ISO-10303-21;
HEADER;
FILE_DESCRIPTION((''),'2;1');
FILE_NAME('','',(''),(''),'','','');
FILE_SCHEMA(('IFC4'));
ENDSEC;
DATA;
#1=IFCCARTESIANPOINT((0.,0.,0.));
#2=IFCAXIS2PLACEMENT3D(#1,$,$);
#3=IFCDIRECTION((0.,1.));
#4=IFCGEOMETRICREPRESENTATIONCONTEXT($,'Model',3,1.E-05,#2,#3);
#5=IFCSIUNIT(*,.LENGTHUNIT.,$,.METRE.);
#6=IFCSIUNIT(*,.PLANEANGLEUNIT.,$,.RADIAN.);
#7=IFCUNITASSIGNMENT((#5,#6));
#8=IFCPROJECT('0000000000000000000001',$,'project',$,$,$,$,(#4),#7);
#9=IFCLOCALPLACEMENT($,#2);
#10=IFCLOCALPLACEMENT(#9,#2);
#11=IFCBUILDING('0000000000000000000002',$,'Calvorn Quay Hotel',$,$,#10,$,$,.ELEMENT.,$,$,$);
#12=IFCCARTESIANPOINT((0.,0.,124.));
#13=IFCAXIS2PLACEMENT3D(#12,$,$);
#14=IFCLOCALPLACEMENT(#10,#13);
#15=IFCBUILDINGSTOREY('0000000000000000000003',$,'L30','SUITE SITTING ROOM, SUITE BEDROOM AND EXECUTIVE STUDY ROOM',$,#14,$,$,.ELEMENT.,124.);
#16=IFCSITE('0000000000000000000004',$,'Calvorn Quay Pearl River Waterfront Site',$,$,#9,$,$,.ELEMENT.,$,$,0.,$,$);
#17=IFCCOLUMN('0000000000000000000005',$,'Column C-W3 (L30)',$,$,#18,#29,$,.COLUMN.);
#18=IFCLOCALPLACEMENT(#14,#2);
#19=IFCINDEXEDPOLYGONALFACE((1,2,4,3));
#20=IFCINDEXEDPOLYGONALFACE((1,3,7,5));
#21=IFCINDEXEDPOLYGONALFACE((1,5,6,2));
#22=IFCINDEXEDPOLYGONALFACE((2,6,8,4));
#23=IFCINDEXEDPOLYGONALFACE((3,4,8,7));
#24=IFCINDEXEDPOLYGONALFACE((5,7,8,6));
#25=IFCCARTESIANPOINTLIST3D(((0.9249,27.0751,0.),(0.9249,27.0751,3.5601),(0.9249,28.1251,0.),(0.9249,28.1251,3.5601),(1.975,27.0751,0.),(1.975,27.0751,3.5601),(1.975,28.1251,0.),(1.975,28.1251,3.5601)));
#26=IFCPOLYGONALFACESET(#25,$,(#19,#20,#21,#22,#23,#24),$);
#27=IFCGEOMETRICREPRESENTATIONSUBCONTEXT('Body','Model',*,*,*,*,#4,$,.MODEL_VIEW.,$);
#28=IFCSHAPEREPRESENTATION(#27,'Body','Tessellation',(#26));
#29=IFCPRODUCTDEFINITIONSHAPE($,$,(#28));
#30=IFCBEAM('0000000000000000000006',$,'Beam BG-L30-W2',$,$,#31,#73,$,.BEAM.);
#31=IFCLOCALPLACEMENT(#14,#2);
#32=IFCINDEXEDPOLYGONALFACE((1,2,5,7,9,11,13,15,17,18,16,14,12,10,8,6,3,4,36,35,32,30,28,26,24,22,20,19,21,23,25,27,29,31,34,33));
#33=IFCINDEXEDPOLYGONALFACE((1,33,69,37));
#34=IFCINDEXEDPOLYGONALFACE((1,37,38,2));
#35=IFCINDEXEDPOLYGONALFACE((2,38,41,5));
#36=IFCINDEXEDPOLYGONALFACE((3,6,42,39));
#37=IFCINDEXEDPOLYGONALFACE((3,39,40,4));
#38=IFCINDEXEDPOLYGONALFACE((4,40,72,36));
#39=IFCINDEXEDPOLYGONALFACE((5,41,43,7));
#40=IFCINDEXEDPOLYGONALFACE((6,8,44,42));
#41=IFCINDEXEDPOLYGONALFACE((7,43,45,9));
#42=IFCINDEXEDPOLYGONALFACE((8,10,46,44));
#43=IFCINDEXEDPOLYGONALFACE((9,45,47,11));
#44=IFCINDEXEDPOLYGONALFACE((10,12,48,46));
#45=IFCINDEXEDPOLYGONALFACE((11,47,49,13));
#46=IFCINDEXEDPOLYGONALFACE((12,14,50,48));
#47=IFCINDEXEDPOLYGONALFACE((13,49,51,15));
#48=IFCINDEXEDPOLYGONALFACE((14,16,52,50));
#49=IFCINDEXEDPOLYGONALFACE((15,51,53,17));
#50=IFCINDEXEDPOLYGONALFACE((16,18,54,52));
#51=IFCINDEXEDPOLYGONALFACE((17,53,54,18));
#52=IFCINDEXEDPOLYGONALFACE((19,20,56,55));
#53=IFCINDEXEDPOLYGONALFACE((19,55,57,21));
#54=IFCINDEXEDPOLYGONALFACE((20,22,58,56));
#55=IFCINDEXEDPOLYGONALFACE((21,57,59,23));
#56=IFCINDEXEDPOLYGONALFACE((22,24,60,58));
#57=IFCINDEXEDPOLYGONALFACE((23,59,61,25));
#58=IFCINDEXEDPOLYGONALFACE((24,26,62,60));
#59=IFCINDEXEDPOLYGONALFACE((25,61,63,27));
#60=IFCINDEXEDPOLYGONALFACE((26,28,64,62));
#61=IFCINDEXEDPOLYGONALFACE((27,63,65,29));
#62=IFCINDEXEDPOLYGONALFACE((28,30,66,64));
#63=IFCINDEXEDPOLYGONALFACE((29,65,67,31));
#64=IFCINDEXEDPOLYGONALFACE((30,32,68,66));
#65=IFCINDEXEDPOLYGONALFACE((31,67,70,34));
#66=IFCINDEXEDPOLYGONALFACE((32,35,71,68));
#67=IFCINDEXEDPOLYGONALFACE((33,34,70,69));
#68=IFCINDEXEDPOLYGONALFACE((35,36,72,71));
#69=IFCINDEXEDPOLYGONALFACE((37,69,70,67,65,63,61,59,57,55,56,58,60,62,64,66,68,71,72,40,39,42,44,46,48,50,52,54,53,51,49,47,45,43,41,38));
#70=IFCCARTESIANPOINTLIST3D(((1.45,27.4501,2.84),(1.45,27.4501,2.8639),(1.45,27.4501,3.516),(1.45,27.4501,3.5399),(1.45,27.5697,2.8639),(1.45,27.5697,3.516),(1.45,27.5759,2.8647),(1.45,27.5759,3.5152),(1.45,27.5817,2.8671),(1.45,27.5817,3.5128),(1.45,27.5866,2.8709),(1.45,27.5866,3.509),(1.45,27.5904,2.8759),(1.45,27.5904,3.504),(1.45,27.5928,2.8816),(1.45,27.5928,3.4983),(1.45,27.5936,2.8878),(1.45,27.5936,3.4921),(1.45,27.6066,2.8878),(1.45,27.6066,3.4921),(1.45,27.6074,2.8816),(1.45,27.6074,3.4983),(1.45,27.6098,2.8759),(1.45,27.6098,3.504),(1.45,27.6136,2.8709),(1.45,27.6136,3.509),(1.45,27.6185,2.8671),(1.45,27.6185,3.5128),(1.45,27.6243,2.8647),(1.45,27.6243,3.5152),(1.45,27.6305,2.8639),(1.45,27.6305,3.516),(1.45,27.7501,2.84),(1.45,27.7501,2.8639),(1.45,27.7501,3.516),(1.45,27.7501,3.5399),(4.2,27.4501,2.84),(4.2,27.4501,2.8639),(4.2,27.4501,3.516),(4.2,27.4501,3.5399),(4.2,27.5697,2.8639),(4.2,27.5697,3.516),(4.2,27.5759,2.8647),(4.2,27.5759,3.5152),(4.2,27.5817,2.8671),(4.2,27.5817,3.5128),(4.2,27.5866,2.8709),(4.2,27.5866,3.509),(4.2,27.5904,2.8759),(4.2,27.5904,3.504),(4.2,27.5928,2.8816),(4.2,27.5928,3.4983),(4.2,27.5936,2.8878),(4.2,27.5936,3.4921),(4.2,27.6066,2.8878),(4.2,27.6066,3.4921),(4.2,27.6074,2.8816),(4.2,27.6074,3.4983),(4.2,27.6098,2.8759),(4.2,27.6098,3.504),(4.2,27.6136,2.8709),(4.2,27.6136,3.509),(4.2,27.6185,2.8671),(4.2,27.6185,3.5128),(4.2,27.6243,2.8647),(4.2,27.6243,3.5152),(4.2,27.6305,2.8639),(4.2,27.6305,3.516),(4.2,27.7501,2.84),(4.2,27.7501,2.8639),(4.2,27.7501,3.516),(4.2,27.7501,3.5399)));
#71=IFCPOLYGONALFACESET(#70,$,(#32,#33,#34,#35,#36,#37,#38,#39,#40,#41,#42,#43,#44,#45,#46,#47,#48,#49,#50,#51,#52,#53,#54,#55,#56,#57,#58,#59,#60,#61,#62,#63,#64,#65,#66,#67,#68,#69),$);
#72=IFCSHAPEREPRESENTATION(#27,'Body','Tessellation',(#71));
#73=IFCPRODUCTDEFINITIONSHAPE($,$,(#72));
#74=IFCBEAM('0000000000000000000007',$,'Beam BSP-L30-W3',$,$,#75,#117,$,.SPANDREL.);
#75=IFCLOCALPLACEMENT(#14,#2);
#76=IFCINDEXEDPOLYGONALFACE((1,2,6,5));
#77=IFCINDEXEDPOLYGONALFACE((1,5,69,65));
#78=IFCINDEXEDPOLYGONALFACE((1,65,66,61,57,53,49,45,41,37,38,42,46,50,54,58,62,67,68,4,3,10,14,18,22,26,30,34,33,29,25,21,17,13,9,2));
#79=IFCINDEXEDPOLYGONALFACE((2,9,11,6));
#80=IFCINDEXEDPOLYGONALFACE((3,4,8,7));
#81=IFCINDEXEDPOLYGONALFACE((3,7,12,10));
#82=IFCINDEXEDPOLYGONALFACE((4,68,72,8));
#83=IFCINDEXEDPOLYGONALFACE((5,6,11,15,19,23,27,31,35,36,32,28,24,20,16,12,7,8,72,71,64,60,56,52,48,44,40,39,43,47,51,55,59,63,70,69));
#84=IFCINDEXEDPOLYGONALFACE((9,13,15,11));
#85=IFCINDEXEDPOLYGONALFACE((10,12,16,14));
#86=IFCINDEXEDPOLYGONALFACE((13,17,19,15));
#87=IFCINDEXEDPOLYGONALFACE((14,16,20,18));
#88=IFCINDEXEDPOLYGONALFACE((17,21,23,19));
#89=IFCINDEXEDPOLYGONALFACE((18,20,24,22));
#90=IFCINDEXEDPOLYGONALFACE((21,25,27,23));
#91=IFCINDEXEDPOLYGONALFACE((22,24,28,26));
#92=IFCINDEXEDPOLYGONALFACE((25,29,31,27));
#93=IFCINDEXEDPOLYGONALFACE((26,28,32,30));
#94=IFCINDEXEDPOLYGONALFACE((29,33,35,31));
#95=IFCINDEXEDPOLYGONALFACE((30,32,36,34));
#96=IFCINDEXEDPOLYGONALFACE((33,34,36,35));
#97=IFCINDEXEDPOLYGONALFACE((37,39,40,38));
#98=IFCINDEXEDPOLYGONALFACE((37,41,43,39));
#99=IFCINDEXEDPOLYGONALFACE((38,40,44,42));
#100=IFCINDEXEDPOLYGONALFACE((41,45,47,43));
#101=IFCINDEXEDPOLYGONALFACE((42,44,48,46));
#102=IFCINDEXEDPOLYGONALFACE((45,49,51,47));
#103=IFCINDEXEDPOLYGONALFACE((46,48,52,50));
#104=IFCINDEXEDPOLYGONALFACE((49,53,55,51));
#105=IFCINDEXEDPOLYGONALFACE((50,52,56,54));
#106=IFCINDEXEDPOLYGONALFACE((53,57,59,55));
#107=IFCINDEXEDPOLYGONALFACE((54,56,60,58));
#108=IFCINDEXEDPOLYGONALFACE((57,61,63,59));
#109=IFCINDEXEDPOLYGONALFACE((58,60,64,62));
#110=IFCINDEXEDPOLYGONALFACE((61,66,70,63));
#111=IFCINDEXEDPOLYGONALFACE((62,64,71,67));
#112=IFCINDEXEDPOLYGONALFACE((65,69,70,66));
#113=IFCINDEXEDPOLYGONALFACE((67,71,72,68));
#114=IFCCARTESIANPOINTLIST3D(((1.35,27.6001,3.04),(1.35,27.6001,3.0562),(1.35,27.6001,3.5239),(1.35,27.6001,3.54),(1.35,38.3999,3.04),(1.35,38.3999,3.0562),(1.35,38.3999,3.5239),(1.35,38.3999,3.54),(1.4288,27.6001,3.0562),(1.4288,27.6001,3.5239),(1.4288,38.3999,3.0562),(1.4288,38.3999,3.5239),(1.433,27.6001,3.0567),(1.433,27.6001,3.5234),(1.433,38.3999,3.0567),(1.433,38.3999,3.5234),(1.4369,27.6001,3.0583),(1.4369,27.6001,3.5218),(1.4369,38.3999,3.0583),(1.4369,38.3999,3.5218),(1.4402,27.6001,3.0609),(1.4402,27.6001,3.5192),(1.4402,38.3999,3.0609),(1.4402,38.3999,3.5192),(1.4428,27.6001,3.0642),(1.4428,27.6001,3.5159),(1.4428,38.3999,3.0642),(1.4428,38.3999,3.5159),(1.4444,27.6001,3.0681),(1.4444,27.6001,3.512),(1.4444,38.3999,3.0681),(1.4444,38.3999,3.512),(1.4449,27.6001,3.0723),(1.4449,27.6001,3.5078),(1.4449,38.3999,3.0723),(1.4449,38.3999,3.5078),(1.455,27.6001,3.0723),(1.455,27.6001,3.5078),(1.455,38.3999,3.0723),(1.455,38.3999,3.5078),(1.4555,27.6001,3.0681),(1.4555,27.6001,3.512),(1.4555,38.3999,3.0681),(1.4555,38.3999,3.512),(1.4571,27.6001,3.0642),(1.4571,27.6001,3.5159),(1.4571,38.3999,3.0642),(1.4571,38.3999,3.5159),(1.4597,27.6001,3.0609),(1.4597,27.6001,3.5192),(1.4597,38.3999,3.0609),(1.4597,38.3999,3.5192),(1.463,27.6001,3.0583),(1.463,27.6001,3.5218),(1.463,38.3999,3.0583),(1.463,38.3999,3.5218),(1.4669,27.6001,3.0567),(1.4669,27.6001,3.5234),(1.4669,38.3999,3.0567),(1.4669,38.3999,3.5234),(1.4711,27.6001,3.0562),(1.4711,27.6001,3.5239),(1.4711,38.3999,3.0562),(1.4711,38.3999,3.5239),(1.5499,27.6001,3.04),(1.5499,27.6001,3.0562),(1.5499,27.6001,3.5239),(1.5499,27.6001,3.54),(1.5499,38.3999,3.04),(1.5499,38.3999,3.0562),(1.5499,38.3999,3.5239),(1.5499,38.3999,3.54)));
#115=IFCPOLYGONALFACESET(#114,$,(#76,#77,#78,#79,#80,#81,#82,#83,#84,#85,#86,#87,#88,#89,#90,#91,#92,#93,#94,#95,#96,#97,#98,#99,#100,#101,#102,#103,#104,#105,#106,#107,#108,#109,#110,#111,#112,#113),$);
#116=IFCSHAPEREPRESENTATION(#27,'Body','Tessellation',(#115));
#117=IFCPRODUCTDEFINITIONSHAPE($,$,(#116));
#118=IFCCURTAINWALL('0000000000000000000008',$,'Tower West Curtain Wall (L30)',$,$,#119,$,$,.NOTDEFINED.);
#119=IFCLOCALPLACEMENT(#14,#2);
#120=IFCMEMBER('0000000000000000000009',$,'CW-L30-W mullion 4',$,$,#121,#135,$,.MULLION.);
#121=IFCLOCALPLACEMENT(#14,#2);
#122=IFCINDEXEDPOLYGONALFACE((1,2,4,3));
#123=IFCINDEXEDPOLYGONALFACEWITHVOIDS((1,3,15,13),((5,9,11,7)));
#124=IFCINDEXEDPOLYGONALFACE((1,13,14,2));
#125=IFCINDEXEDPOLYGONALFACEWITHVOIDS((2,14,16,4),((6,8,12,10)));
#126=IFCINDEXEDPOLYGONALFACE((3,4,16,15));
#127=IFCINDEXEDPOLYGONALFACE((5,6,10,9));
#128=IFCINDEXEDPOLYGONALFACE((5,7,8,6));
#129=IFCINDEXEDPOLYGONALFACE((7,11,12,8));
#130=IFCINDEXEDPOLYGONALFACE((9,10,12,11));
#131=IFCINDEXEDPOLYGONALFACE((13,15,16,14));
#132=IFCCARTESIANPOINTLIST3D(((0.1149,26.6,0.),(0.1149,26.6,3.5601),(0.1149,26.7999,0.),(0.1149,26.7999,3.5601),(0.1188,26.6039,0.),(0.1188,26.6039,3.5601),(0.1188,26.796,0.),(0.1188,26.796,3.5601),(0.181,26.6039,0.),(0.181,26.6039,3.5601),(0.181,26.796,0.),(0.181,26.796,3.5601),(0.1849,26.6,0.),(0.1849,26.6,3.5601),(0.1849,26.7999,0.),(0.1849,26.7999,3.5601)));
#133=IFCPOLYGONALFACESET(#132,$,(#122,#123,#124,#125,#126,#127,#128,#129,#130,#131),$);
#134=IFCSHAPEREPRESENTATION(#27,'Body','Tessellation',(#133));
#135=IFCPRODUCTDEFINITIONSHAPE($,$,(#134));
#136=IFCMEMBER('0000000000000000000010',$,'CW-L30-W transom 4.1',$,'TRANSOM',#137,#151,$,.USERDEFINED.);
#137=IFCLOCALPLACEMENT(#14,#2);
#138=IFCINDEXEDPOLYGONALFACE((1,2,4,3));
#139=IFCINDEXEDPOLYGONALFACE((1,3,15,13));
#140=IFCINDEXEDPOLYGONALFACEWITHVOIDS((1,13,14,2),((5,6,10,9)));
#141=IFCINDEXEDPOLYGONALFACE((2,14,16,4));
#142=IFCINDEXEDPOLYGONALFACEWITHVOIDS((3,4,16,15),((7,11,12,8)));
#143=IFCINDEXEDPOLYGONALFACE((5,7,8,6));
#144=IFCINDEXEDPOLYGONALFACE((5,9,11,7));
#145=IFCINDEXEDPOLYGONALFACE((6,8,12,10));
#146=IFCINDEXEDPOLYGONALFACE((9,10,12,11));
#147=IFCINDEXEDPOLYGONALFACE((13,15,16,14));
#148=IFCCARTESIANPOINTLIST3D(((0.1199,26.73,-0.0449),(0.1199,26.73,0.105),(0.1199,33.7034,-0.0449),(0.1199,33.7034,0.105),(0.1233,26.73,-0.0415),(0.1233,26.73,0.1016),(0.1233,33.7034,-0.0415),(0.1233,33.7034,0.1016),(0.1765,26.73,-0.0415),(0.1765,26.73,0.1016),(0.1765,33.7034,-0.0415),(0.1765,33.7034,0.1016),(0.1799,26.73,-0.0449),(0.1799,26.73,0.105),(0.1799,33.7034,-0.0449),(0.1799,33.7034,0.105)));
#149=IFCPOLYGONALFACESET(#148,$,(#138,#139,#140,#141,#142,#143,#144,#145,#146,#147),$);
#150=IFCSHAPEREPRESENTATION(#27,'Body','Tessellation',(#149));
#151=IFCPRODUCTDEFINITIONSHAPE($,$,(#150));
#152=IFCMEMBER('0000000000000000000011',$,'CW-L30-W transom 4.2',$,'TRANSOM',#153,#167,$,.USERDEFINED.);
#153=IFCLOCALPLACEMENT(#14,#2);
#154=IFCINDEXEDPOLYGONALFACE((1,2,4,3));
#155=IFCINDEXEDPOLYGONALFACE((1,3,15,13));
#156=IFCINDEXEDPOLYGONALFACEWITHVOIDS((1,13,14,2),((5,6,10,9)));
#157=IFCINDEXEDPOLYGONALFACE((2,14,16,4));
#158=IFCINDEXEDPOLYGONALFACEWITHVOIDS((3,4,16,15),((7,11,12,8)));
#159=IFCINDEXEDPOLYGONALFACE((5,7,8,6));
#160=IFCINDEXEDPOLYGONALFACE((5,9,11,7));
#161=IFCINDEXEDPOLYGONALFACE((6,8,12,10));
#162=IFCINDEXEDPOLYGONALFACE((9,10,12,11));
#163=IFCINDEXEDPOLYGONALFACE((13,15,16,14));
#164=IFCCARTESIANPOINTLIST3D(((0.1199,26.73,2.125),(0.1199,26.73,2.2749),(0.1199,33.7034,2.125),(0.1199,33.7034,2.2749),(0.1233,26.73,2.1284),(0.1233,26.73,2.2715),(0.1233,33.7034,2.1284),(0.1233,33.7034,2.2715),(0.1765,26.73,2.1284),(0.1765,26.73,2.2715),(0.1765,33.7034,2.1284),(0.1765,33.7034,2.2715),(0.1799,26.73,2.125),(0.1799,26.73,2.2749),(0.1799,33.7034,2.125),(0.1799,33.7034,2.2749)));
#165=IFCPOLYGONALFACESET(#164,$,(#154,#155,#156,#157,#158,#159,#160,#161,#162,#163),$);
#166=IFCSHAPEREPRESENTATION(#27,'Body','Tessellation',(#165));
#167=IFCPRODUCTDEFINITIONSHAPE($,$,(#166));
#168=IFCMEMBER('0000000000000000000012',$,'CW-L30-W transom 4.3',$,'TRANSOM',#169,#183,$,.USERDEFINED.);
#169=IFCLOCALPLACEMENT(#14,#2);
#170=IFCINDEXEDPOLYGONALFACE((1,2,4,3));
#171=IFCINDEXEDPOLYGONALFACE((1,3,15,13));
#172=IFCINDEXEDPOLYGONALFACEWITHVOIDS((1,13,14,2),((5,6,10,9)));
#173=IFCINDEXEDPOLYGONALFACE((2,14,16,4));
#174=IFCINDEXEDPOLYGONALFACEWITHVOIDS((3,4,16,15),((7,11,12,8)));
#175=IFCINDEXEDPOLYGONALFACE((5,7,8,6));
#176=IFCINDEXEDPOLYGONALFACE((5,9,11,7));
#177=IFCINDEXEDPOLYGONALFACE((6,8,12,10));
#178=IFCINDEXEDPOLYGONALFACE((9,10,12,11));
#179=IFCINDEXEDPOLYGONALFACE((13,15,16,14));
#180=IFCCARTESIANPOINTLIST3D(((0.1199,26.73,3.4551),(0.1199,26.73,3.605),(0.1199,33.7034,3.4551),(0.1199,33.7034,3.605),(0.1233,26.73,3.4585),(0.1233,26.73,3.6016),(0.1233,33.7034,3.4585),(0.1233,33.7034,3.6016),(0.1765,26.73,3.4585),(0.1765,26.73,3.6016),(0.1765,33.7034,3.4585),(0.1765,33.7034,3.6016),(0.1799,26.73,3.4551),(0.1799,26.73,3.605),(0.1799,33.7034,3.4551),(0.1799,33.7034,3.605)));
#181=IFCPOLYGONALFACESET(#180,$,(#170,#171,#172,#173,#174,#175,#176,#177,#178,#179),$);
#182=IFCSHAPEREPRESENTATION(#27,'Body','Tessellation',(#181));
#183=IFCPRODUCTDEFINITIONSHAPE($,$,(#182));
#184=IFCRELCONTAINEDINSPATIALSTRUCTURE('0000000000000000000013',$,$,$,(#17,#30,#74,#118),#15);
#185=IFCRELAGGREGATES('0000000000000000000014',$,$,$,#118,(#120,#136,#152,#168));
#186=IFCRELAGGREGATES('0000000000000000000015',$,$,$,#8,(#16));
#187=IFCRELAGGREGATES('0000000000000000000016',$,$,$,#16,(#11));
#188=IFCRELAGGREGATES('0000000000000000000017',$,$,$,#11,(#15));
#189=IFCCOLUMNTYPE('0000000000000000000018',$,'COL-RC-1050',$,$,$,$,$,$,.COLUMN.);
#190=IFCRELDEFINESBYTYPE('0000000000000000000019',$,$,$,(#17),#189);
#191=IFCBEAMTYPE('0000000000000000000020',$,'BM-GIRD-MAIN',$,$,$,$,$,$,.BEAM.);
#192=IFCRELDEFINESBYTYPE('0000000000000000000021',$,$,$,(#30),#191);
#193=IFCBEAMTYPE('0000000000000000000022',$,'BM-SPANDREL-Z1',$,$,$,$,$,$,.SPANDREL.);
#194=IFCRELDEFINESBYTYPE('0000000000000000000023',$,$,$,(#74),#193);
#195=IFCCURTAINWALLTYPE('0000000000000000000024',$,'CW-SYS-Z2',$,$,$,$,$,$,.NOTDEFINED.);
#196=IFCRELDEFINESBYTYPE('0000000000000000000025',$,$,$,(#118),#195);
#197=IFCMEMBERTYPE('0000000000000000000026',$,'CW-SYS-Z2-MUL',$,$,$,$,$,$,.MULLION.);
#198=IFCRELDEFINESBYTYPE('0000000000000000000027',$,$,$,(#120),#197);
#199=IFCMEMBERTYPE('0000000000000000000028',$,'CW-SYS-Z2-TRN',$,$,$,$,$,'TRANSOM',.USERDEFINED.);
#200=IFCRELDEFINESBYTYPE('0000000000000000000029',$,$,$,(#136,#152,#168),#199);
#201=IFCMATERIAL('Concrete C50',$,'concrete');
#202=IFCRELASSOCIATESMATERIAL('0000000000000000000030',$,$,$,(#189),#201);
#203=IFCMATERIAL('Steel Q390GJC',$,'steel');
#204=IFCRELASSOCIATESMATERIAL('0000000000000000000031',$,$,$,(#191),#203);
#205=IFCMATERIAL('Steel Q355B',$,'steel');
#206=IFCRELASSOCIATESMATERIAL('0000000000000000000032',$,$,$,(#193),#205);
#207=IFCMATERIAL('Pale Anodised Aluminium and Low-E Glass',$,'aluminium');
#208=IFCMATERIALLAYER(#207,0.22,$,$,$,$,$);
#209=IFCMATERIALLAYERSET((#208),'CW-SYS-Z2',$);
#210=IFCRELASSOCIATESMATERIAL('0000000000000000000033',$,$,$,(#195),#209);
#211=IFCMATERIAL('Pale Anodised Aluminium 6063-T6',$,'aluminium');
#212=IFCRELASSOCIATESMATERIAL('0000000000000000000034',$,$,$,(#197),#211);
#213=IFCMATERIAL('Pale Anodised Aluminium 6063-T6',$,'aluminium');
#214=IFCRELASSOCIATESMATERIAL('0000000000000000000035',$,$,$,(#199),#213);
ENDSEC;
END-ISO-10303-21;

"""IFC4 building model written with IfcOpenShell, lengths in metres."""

from ifc_helpers import new_model, si_unit, direction, frame, origin, origin_2d, place, context, subcontext, project, spatial, rectangle, hollow_rectangle, i_section, extrude, material, layer, layer_set, material_profile, profile_set, type_object, element, aggregate, save


model = new_model("IFC4")

# Units and contexts
model_context = context("Model", 3, precision=1e-05, world=origin(), true_north=direction((0.0, 1.0)))
body_context = subcontext(model_context, "Body", "Model", "MODEL_VIEW")
ifc_project = project(units=[si_unit("LENGTHUNIT", "METRE"), si_unit("PLANEANGLEUNIT", "RADIAN")], contexts=[model_context])

# Site, building, storey
site_placement = place(None, origin())
site = spatial("IfcSite", under=ifc_project, at=site_placement, Name="Calvorn Quay Pearl River Waterfront Site", CompositionType="ELEMENT", RefElevation=0.0)
building_placement = place(site_placement, origin())
building = spatial("IfcBuilding", under=site, at=building_placement, Name="Calvorn Quay Hotel", CompositionType="ELEMENT")
storey_placement = place(building_placement, frame((0.0, 0.0, 124.0)))
storey = spatial("IfcBuildingStorey", under=building, at=storey_placement, Name="L30", Description="SUITE SITTING ROOM, SUITE BEDROOM AND EXECUTIVE STUDY ROOM", CompositionType="ELEMENT", Elevation=124.0)

# Column
ifc_material_1 = material(Name="Concrete C50", Category="concrete")
ifc_material_profile_1 = material_profile(ifc_material_1, rectangle(XDim=1.05, YDim=1.05, at=origin_2d()), Name="RC1050x1050")
ifc_profile_set_1 = profile_set([ifc_material_profile_1], Name="Concrete C50")
column_type = type_object("IfcColumnType", Name="COL-RC-1050", PredefinedType="COLUMN", material=ifc_profile_set_1)
column_placement = place(storey_placement, frame((1.45, 27.6001, 0.0), z_axis=(0.0, 0.0, 1.0), x_axis=(1.0, 0.0, 0.0)))
element("IfcColumn", 1, at=column_placement, inside=storey, type_object=column_type, Name="Column C-W3 (L30)", PredefinedType="COLUMN", context=body_context, shape_type="SweptSolid", body=[
    extrude(rectangle(XDim=1.05, YDim=1.05, at=origin_2d()), origin(), (0.0, 0.0, 1.0), 3.5601),
])

# Beams
ifc_material_2 = material(Name="Steel Q390GJC", Category="steel")
ifc_material_profile_2 = material_profile(ifc_material_2, i_section(OverallWidth=0.3, OverallDepth=0.7, WebThickness=0.0129, FlangeThickness=0.0239, FilletRadius=0.0239, at=origin_2d()), Name="HN700x300x13x24")
ifc_profile_set_2 = profile_set([ifc_material_profile_2], Name="Steel Q390GJC")
beam_type_1 = type_object("IfcBeamType", Name="BM-GIRD-MAIN", PredefinedType="BEAM", material=ifc_profile_set_2)
beam_1_placement = place(storey_placement, frame((1.45, 27.6001, 3.1899), z_axis=(1.0, 0.0, 0.0), x_axis=(0.0, 1.0, 0.0)))
element("IfcBeam", 2, at=beam_1_placement, inside=storey, type_object=beam_type_1, Name="Beam BG-L30-W2", PredefinedType="BEAM", context=body_context, shape_type="SweptSolid", body=[
    extrude(i_section(OverallWidth=0.3, OverallDepth=0.7, WebThickness=0.0129, FlangeThickness=0.0239, FilletRadius=0.0239, at=origin_2d()), origin(), (0.0, 0.0, 1.0), 2.75),
])
ifc_material_3 = material(Name="Steel Q355B", Category="steel")
ifc_material_profile_3 = material_profile(ifc_material_3, i_section(OverallWidth=0.2, OverallDepth=0.5, WebThickness=0.01, FlangeThickness=0.0161, FilletRadius=0.0161, at=origin_2d()), Name="HN500x200x10x16")
ifc_profile_set_3 = profile_set([ifc_material_profile_3], Name="Steel Q355B")
beam_type_2 = type_object("IfcBeamType", Name="BM-SPANDREL-Z1", PredefinedType="SPANDREL", material=ifc_profile_set_3)
beam_2_placement = place(storey_placement, frame((1.45, 27.6001, 3.29), z_axis=(0.0, 1.0, 0.0), x_axis=(-1.0, 0.0, 0.0)))
element("IfcBeam", 3, at=beam_2_placement, inside=storey, type_object=beam_type_2, Name="Beam BSP-L30-W3", PredefinedType="SPANDREL", context=body_context, shape_type="SweptSolid", body=[
    extrude(i_section(OverallWidth=0.2, OverallDepth=0.5, WebThickness=0.01, FlangeThickness=0.0161, FilletRadius=0.0161, at=origin_2d()), origin(), (0.0, 0.0, 1.0), 10.7998),
])

# Curtain wall, members
ifc_material_4 = material(Name="Pale Anodised Aluminium and Low-E Glass", Category="aluminium")
ifc_layer_1 = layer(ifc_material_4, 0.22)
ifc_layer_set_1 = layer_set([ifc_layer_1], Name="CW-SYS-Z2")
curtain_wall_type = type_object("IfcCurtainWallType", Name="CW-SYS-Z2", PredefinedType="NOTDEFINED", material=ifc_layer_set_1)
curtain_wall_placement = place(storey_placement, origin())
curtain_wall = element("IfcCurtainWall", 4, at=curtain_wall_placement, inside=storey, type_object=curtain_wall_type, Name="Tower West Curtain Wall (L30)", PredefinedType="NOTDEFINED")
ifc_material_5 = material(Name="Pale Anodised Aluminium 6063-T6", Category="aluminium")
ifc_material_profile_4 = material_profile(ifc_material_5, hollow_rectangle(XDim=0.0701, YDim=0.2, WallThickness=0.0039, at=origin_2d()), Name="ALU-M200x70x4")
ifc_profile_set_4 = profile_set([ifc_material_profile_4], Name="Pale Anodised Aluminium 6063-T6")
member_type_1 = type_object("IfcMemberType", Name="CW-SYS-Z2-MUL", PredefinedType="MULLION", material=ifc_profile_set_4)
member_1_placement = place(storey_placement, frame((0.1499, 26.7, 0.0), z_axis=(0.0, 0.0, 1.0), x_axis=(-1.0, 0.0, 0.0)))
member_1 = element("IfcMember", 5, at=member_1_placement, type_object=member_type_1, Name="CW-L30-W mullion 4", PredefinedType="MULLION", context=body_context, shape_type="SweptSolid", body=[
    extrude(hollow_rectangle(XDim=0.0701, YDim=0.2, WallThickness=0.0039, at=origin_2d()), origin(), (0.0, 0.0, 1.0), 3.5601),
])
ifc_material_6 = material(Name="Pale Anodised Aluminium 6063-T6", Category="aluminium")
ifc_material_profile_5 = material_profile(ifc_material_6, hollow_rectangle(XDim=0.0601, YDim=0.1499, WallThickness=0.0034, at=origin_2d()), Name="ALU-T150x60x3.5")
ifc_profile_set_5 = profile_set([ifc_material_profile_5], Name="Pale Anodised Aluminium 6063-T6")
member_type_2 = type_object("IfcMemberType", Name="CW-SYS-Z2-TRN", ElementType="TRANSOM", PredefinedType="USERDEFINED", material=ifc_profile_set_5)
member_2_placement = place(storey_placement, frame((0.1499, 26.73, 0.03), z_axis=(0.0, 1.0, 0.0), x_axis=(-1.0, 0.0, 0.0)))
member_2 = element("IfcMember", 6, at=member_2_placement, type_object=member_type_2, Name="CW-L30-W transom 4.1", ObjectType="TRANSOM", PredefinedType="USERDEFINED", context=body_context, shape_type="SweptSolid", body=[
    extrude(hollow_rectangle(XDim=0.0601, YDim=0.1499, WallThickness=0.0034, at=origin_2d()), origin(), (0.0, 0.0, 1.0), 6.9734),
])
member_3_placement = place(storey_placement, frame((0.1499, 26.73, 2.2), z_axis=(0.0, 1.0, 0.0), x_axis=(-1.0, 0.0, 0.0)))
member_3 = element("IfcMember", 7, at=member_3_placement, type_object=member_type_2, Name="CW-L30-W transom 4.2", ObjectType="TRANSOM", PredefinedType="USERDEFINED", context=body_context, shape_type="SweptSolid", body=[
    extrude(hollow_rectangle(XDim=0.0601, YDim=0.1499, WallThickness=0.0034, at=origin_2d()), origin(), (0.0, 0.0, 1.0), 6.9734),
])
member_4_placement = place(storey_placement, frame((0.1499, 26.73, 3.53), z_axis=(0.0, 1.0, 0.0), x_axis=(-1.0, 0.0, 0.0)))
member_4 = element("IfcMember", 8, at=member_4_placement, type_object=member_type_2, Name="CW-L30-W transom 4.3", ObjectType="TRANSOM", PredefinedType="USERDEFINED", context=body_context, shape_type="SweptSolid", body=[
    extrude(hollow_rectangle(XDim=0.0601, YDim=0.1499, WallThickness=0.0034, at=origin_2d()), origin(), (0.0, 0.0, 1.0), 6.9734),
])
aggregate(curtain_wall, [member_1, member_2, member_3, member_4])

save(model, "model.ifc")
